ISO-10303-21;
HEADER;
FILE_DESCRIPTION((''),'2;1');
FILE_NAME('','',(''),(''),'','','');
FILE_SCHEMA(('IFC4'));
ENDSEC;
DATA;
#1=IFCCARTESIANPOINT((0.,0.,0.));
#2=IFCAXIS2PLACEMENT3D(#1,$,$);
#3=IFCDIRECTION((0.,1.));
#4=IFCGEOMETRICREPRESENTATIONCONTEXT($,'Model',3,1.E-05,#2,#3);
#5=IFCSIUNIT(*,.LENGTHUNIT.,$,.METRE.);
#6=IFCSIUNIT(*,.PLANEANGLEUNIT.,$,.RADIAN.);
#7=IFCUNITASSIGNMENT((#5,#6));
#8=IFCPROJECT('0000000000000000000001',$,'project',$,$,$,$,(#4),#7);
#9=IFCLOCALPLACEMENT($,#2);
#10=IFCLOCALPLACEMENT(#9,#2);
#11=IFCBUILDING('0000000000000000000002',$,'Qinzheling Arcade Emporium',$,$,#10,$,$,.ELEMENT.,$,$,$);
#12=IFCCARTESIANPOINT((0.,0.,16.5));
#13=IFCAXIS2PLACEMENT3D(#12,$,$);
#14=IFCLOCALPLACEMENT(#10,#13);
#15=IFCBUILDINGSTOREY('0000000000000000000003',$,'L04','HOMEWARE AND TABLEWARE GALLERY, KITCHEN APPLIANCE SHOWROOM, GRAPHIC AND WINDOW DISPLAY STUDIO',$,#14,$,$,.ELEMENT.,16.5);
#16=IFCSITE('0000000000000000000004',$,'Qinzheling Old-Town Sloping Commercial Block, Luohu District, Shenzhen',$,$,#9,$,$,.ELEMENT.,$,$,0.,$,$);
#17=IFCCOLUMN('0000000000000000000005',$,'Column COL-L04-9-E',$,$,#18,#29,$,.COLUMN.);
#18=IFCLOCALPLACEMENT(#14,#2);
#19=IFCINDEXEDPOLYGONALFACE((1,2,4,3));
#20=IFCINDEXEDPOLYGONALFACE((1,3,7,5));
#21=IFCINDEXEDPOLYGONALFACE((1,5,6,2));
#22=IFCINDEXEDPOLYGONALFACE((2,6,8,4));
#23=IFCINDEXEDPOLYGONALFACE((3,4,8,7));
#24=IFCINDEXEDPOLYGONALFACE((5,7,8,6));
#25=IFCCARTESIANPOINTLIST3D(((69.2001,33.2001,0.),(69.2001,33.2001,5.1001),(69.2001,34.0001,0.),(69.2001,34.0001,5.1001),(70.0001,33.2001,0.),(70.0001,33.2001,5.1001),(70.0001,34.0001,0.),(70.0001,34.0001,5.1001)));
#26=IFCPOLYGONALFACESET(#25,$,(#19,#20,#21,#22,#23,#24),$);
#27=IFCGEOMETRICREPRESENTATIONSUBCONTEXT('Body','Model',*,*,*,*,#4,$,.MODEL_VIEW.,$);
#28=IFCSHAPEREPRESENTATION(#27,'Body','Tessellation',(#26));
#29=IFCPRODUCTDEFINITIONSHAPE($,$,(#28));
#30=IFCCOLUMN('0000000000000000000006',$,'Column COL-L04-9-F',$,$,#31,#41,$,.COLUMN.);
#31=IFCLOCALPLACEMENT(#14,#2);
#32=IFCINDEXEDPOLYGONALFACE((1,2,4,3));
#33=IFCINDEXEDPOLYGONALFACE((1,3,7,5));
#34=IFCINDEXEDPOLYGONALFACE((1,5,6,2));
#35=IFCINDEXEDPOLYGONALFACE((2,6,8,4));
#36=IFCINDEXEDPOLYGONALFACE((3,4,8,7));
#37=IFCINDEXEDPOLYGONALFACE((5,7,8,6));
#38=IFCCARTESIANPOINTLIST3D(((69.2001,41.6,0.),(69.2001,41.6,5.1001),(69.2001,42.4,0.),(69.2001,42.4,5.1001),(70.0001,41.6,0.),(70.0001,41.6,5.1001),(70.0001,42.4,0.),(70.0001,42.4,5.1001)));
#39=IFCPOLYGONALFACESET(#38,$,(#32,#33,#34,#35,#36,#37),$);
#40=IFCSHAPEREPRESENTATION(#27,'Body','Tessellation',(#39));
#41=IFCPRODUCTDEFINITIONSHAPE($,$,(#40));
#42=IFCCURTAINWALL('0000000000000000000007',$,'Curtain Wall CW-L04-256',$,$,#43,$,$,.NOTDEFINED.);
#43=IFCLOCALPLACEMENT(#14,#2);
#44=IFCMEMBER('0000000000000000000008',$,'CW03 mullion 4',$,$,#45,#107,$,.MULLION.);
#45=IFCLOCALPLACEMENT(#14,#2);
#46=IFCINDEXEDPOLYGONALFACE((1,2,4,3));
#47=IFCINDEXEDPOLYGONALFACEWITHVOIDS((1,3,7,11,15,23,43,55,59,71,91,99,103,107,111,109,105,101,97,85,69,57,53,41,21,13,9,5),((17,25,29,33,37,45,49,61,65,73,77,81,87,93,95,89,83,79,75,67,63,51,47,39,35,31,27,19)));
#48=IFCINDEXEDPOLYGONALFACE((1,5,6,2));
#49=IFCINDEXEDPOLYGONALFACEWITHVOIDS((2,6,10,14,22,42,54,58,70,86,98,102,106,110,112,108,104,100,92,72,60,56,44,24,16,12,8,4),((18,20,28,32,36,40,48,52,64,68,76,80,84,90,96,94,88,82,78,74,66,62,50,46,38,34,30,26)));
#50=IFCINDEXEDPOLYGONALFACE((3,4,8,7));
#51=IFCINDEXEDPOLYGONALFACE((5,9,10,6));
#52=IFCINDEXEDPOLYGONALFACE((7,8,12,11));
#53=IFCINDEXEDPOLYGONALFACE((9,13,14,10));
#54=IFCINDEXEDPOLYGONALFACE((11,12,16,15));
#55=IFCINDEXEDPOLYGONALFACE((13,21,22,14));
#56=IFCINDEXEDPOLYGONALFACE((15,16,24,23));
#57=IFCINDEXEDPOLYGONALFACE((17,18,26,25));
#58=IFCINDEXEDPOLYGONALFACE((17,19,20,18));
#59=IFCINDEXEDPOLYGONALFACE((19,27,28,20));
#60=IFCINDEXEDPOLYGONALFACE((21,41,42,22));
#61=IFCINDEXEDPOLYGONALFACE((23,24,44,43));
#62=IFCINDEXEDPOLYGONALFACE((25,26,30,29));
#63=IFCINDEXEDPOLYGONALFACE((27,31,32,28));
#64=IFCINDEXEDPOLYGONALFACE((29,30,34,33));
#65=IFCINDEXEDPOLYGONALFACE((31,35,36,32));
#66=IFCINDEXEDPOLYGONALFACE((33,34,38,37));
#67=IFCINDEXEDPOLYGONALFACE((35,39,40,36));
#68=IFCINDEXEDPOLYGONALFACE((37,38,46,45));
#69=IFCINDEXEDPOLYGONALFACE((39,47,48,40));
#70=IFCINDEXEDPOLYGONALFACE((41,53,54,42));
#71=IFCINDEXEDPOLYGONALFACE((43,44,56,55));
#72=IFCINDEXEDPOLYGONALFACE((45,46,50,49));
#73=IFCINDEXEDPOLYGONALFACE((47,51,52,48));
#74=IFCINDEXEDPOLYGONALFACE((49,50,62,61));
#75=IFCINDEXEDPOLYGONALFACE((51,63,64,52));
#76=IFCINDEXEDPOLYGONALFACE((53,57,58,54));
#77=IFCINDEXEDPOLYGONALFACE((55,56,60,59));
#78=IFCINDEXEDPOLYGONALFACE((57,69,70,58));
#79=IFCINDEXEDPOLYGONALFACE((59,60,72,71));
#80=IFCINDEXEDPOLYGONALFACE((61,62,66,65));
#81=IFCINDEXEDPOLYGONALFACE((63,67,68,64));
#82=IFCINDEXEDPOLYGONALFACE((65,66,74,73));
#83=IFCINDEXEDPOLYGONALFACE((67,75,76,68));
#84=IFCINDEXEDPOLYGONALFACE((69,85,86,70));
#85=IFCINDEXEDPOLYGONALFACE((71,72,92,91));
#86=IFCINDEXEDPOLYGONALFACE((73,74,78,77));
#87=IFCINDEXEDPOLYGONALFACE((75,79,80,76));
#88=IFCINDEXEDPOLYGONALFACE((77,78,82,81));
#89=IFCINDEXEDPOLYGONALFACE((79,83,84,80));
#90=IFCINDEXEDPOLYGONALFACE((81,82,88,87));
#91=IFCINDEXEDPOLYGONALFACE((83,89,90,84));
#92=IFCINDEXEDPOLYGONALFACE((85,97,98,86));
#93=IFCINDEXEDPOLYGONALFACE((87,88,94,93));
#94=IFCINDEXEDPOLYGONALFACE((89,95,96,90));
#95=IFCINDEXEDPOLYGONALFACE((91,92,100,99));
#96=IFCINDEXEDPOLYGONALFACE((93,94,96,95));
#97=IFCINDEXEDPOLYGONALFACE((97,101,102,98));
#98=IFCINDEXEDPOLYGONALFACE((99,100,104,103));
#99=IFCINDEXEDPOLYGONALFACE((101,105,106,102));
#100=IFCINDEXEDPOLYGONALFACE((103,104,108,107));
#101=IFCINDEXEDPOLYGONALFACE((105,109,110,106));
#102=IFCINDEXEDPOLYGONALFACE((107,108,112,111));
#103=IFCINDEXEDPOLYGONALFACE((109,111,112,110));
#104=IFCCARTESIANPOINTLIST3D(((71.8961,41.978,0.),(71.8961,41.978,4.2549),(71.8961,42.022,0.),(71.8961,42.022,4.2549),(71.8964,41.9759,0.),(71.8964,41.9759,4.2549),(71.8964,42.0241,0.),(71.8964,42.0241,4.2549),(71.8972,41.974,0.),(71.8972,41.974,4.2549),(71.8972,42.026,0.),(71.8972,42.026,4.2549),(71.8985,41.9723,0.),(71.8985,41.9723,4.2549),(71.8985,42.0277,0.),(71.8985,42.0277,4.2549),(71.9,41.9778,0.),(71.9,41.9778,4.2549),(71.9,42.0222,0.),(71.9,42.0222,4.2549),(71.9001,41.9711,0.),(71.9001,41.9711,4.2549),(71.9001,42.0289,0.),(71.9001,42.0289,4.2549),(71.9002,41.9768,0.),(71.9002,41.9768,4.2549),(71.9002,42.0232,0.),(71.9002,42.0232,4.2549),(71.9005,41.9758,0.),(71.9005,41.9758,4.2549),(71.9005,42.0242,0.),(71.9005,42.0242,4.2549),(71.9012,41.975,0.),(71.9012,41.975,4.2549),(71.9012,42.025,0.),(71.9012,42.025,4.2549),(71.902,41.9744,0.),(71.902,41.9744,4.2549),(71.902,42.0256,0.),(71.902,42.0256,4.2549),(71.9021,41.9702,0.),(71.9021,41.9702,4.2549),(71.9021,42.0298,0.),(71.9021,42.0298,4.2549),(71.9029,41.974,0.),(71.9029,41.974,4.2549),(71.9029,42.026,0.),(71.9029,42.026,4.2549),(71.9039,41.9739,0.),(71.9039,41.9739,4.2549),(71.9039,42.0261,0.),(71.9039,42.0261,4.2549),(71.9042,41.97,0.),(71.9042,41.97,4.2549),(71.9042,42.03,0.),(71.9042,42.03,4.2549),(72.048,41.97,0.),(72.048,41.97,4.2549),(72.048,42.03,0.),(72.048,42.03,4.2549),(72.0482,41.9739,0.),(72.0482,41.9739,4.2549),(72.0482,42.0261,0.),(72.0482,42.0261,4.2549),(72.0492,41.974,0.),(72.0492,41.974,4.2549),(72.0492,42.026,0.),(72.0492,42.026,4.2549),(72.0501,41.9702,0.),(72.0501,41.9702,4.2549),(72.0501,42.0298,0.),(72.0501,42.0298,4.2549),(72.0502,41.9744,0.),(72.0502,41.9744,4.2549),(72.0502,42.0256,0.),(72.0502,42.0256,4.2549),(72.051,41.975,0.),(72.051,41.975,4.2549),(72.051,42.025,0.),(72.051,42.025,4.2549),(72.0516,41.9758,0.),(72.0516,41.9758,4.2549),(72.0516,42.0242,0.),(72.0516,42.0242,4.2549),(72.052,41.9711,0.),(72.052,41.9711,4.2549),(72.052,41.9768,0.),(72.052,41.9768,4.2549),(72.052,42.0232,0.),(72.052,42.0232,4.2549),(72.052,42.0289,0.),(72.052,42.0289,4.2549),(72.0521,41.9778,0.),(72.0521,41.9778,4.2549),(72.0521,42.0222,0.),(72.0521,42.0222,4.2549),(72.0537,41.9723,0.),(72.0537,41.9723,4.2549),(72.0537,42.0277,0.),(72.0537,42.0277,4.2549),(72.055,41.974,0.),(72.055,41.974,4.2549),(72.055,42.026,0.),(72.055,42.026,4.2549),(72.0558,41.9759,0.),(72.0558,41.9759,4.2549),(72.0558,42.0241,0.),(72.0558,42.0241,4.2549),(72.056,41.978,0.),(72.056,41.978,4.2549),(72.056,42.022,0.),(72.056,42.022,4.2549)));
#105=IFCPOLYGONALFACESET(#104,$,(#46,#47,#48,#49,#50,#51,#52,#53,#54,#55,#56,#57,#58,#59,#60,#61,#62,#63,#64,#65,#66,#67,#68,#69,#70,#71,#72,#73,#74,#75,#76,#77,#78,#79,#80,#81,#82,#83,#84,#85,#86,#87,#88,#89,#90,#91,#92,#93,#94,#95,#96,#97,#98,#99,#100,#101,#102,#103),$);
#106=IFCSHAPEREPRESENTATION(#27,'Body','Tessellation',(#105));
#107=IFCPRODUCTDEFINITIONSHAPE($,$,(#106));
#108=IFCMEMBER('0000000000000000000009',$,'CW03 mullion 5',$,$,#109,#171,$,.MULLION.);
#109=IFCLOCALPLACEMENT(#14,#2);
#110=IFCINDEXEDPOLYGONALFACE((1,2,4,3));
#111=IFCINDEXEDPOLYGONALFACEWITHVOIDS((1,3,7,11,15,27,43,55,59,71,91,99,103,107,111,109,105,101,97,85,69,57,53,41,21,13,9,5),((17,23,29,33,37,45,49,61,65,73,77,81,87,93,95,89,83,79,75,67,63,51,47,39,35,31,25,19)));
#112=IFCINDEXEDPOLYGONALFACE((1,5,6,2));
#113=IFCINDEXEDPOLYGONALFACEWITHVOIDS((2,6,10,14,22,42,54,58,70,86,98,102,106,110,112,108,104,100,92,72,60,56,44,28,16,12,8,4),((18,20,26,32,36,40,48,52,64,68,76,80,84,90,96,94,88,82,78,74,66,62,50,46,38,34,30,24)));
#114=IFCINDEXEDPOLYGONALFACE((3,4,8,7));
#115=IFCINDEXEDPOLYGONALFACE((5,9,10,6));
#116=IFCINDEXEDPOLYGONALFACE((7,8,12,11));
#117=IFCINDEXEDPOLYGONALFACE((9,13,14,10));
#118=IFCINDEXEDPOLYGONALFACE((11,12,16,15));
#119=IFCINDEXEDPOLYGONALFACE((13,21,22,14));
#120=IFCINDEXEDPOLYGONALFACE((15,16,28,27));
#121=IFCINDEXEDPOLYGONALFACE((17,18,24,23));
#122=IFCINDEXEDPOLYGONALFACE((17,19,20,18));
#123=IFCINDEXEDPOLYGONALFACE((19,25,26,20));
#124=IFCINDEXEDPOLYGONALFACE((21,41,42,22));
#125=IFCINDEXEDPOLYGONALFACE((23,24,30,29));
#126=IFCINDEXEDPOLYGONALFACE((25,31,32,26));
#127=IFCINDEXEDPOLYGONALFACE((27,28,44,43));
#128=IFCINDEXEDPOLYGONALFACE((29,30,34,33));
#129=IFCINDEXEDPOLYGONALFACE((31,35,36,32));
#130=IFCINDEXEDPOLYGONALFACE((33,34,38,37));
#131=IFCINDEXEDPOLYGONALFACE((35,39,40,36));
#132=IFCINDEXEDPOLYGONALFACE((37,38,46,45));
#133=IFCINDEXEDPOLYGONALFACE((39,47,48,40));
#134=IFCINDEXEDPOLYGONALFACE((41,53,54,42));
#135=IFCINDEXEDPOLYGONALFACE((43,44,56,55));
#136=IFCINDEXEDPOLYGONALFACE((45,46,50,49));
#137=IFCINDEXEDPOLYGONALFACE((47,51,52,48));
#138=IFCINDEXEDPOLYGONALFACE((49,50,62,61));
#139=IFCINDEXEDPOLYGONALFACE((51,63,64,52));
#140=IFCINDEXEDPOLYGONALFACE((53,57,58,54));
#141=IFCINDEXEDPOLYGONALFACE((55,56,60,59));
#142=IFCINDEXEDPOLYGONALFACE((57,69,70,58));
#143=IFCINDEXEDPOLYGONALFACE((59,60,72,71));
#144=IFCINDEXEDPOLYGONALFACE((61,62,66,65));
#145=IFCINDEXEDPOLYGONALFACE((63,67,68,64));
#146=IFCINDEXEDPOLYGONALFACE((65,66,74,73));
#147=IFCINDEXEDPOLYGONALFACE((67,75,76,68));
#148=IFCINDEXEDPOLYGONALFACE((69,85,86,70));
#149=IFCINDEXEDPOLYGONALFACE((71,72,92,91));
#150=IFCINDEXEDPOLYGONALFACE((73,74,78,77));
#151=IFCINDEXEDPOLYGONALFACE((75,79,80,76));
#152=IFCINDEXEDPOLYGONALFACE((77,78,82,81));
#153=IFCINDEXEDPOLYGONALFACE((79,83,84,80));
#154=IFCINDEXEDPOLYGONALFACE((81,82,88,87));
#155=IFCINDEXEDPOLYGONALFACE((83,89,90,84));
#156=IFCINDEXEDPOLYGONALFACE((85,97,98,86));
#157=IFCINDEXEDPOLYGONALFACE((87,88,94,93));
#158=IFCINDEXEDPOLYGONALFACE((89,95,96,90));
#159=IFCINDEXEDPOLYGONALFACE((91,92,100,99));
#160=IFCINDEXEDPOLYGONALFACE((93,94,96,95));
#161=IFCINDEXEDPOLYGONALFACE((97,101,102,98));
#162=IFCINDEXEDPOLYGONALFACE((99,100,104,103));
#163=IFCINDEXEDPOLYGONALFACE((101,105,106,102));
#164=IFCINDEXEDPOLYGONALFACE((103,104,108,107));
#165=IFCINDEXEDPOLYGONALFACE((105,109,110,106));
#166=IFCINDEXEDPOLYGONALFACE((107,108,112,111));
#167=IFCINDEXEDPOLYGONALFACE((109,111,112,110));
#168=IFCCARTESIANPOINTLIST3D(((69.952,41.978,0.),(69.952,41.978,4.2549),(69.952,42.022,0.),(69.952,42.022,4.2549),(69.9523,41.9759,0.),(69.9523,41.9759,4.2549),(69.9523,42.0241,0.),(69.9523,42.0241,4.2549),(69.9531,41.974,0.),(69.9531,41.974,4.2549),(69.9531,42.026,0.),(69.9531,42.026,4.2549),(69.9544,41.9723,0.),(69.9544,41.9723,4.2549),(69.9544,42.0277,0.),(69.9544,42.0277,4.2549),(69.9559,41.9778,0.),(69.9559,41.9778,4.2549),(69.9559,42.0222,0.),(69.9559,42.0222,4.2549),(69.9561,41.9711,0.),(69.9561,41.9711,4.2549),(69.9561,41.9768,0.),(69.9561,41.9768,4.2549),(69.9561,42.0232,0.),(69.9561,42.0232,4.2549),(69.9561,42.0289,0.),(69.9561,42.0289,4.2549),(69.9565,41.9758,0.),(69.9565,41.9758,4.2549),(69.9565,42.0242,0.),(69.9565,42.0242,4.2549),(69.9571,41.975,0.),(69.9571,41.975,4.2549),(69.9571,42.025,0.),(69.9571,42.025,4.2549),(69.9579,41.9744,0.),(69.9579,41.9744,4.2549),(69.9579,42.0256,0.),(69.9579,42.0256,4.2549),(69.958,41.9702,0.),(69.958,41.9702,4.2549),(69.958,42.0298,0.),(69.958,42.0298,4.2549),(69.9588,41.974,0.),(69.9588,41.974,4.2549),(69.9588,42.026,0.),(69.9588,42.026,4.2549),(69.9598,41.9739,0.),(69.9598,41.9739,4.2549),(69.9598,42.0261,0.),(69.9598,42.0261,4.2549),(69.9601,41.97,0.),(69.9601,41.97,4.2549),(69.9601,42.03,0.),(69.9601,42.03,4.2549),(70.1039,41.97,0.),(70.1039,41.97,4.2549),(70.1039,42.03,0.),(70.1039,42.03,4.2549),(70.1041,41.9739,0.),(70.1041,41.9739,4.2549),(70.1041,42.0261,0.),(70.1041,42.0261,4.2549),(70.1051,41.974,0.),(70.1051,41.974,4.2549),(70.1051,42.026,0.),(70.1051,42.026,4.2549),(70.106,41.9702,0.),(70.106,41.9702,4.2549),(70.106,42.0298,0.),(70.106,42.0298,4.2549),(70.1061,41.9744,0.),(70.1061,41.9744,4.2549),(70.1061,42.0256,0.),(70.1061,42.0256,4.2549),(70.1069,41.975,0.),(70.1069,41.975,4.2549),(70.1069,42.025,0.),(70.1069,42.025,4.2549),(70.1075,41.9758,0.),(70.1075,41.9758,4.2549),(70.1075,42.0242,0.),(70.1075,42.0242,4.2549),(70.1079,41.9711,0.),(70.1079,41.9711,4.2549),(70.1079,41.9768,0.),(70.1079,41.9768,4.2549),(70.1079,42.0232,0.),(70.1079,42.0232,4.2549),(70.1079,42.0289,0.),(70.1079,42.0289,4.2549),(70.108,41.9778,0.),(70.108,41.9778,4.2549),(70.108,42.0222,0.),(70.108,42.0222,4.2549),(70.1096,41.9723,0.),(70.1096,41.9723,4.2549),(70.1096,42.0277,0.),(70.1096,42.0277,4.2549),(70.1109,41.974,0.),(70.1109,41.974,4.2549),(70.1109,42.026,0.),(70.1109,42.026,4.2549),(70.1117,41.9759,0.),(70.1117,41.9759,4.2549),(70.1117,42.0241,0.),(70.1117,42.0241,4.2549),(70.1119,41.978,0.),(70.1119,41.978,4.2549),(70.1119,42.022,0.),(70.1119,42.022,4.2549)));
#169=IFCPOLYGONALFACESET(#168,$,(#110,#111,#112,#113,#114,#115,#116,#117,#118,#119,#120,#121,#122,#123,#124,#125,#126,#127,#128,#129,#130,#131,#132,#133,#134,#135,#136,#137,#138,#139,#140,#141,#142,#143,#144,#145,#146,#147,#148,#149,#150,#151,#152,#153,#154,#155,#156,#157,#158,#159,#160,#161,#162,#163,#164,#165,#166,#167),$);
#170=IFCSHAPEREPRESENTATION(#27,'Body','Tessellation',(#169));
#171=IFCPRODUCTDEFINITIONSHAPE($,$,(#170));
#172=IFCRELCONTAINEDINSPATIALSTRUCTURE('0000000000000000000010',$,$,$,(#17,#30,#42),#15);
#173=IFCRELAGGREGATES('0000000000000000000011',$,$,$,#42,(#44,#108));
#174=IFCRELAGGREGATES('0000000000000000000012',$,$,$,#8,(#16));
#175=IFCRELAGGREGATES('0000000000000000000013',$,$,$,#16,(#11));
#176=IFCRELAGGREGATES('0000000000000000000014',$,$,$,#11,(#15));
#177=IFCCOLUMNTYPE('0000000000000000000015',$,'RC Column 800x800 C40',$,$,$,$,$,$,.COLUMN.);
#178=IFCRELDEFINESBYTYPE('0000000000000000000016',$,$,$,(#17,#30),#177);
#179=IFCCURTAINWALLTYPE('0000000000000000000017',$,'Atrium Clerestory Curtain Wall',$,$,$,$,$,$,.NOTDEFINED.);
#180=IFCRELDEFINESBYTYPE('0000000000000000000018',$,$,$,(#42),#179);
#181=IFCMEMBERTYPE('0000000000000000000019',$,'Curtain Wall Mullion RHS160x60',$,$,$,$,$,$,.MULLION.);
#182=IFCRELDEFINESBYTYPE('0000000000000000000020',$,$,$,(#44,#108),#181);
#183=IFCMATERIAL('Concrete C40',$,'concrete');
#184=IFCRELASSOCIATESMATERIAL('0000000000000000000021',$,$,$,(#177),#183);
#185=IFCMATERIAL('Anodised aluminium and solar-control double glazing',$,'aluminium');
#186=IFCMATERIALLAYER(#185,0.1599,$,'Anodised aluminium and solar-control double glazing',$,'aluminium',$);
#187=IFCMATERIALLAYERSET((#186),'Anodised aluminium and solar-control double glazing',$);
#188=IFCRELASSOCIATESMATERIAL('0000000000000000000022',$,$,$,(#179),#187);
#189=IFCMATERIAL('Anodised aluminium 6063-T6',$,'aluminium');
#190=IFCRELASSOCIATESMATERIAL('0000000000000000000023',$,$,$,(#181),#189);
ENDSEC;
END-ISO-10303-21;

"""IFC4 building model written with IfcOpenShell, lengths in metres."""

from ifc_helpers import new_model, si_unit, direction, frame, origin, origin_2d, place, context, subcontext, project, spatial, rectangle, hollow_rectangle, extrude, material, layer, layer_set, material_profile, profile_set, type_object, element, aggregate, save


model = new_model("IFC4")

# Units and contexts
model_context = context("Model", 3, precision=1e-05, world=origin(), true_north=direction((0.0, 1.0)))
body_context = subcontext(model_context, "Body", "Model", "MODEL_VIEW")
ifc_project = project(units=[si_unit("LENGTHUNIT", "METRE"), si_unit("PLANEANGLEUNIT", "RADIAN")], contexts=[model_context])

# Site, building, storey
site_placement = place(None, origin())
site = spatial("IfcSite", under=ifc_project, at=site_placement, Name="Qinzheling Old-Town Sloping Commercial Block, Luohu District, Shenzhen", CompositionType="ELEMENT", RefElevation=0.0)
building_placement = place(site_placement, origin())
building = spatial("IfcBuilding", under=site, at=building_placement, Name="Qinzheling Arcade Emporium", CompositionType="ELEMENT")
storey_placement = place(building_placement, frame((0.0, 0.0, 16.5)))
storey = spatial("IfcBuildingStorey", under=building, at=storey_placement, Name="L04", Description="HOMEWARE AND TABLEWARE GALLERY, KITCHEN APPLIANCE SHOWROOM, GRAPHIC AND WINDOW DISPLAY STUDIO", CompositionType="ELEMENT", Elevation=16.5)

# Columns
ifc_material_1 = material(Name="Concrete C40", Category="concrete")
ifc_material_profile_1 = material_profile(ifc_material_1, rectangle(XDim=0.8, YDim=0.8, at=origin_2d()), Name="RC 800x800", Category="concrete")
ifc_profile_set_1 = profile_set([ifc_material_profile_1], Name="Concrete C40")
column_type = type_object("IfcColumnType", Name="RC Column 800x800 C40", PredefinedType="COLUMN", material=ifc_profile_set_1)
for number, where, z_axis, x_axis, name in (
    (1, (69.6001, 33.6001, 0.0), (0.0, 0.0, 1.0), (1.0, 0.0, 0.0), "Column COL-L04-9-E"),
    (2, (69.6001, 42.0, 0.0), (0.0, 0.0, 1.0), (1.0, 0.0, 0.0), "Column COL-L04-9-F"),
):
    element("IfcColumn", number, at=place(storey_placement, frame(where, z_axis=z_axis, x_axis=x_axis)), inside=storey, type_object=column_type, Name=name, PredefinedType="COLUMN", context=body_context, shape_type="SweptSolid", body=[
        extrude(rectangle(XDim=0.8, YDim=0.8, at=origin_2d()), origin(), (0.0, 0.0, 1.0), 5.1001),
    ])

# Curtain wall, members
ifc_material_2 = material(Name="Anodised aluminium and solar-control double glazing", Category="aluminium")
ifc_layer_1 = layer(ifc_material_2, 0.1599, Name="Anodised aluminium and solar-control double glazing", Category="aluminium")
ifc_layer_set_1 = layer_set([ifc_layer_1], Name="Anodised aluminium and solar-control double glazing")
curtain_wall_type = type_object("IfcCurtainWallType", Name="Atrium Clerestory Curtain Wall", PredefinedType="NOTDEFINED", material=ifc_layer_set_1)
curtain_wall_placement = place(storey_placement, origin())
curtain_wall = element("IfcCurtainWall", 3, at=curtain_wall_placement, inside=storey, type_object=curtain_wall_type, Name="Curtain Wall CW-L04-256", PredefinedType="NOTDEFINED")
ifc_material_3 = material(Name="Anodised aluminium 6063-T6", Category="aluminium")
ifc_material_profile_2 = material_profile(ifc_material_3, hollow_rectangle(XDim=0.0601, YDim=0.1599, WallThickness=0.0039, InnerFilletRadius=0.0039, OuterFilletRadius=0.0081, at=origin_2d()), Name="RHS 160x60x4", Category="aluminium")
ifc_profile_set_2 = profile_set([ifc_material_profile_2], Name="Anodised aluminium 6063-T6")
member_type_1 = type_object("IfcMemberType", Name="Curtain Wall Mullion RHS160x60", PredefinedType="MULLION", material=ifc_profile_set_2)
member_1_placement = place(storey_placement, frame((71.9761, 42.0, 0.0), z_axis=(0.0, 0.0, 1.0), x_axis=(0.0, -1.0, 0.0)))
member_1 = element("IfcMember", 4, at=member_1_placement, type_object=member_type_1, Name="CW03 mullion 4", PredefinedType="MULLION", context=body_context, shape_type="SweptSolid", body=[
    extrude(hollow_rectangle(XDim=0.0601, YDim=0.1599, WallThickness=0.0039, InnerFilletRadius=0.0039, OuterFilletRadius=0.0081, at=origin_2d()), origin(), (0.0, 0.0, 1.0), 4.2549),
])
member_2_placement = place(storey_placement, frame((70.032, 42.0, 0.0), z_axis=(0.0, 0.0, 1.0), x_axis=(0.0, -1.0, 0.0)))
member_2 = element("IfcMember", 5, at=member_2_placement, type_object=member_type_1, Name="CW03 mullion 5", PredefinedType="MULLION", context=body_context, shape_type="SweptSolid", body=[
    extrude(hollow_rectangle(XDim=0.0601, YDim=0.1599, WallThickness=0.0039, InnerFilletRadius=0.0039, OuterFilletRadius=0.0081, at=origin_2d()), origin(), (0.0, 0.0, 1.0), 4.2549),
])

aggregate(curtain_wall, [member_1, member_2])

save(model, "model.ifc")
